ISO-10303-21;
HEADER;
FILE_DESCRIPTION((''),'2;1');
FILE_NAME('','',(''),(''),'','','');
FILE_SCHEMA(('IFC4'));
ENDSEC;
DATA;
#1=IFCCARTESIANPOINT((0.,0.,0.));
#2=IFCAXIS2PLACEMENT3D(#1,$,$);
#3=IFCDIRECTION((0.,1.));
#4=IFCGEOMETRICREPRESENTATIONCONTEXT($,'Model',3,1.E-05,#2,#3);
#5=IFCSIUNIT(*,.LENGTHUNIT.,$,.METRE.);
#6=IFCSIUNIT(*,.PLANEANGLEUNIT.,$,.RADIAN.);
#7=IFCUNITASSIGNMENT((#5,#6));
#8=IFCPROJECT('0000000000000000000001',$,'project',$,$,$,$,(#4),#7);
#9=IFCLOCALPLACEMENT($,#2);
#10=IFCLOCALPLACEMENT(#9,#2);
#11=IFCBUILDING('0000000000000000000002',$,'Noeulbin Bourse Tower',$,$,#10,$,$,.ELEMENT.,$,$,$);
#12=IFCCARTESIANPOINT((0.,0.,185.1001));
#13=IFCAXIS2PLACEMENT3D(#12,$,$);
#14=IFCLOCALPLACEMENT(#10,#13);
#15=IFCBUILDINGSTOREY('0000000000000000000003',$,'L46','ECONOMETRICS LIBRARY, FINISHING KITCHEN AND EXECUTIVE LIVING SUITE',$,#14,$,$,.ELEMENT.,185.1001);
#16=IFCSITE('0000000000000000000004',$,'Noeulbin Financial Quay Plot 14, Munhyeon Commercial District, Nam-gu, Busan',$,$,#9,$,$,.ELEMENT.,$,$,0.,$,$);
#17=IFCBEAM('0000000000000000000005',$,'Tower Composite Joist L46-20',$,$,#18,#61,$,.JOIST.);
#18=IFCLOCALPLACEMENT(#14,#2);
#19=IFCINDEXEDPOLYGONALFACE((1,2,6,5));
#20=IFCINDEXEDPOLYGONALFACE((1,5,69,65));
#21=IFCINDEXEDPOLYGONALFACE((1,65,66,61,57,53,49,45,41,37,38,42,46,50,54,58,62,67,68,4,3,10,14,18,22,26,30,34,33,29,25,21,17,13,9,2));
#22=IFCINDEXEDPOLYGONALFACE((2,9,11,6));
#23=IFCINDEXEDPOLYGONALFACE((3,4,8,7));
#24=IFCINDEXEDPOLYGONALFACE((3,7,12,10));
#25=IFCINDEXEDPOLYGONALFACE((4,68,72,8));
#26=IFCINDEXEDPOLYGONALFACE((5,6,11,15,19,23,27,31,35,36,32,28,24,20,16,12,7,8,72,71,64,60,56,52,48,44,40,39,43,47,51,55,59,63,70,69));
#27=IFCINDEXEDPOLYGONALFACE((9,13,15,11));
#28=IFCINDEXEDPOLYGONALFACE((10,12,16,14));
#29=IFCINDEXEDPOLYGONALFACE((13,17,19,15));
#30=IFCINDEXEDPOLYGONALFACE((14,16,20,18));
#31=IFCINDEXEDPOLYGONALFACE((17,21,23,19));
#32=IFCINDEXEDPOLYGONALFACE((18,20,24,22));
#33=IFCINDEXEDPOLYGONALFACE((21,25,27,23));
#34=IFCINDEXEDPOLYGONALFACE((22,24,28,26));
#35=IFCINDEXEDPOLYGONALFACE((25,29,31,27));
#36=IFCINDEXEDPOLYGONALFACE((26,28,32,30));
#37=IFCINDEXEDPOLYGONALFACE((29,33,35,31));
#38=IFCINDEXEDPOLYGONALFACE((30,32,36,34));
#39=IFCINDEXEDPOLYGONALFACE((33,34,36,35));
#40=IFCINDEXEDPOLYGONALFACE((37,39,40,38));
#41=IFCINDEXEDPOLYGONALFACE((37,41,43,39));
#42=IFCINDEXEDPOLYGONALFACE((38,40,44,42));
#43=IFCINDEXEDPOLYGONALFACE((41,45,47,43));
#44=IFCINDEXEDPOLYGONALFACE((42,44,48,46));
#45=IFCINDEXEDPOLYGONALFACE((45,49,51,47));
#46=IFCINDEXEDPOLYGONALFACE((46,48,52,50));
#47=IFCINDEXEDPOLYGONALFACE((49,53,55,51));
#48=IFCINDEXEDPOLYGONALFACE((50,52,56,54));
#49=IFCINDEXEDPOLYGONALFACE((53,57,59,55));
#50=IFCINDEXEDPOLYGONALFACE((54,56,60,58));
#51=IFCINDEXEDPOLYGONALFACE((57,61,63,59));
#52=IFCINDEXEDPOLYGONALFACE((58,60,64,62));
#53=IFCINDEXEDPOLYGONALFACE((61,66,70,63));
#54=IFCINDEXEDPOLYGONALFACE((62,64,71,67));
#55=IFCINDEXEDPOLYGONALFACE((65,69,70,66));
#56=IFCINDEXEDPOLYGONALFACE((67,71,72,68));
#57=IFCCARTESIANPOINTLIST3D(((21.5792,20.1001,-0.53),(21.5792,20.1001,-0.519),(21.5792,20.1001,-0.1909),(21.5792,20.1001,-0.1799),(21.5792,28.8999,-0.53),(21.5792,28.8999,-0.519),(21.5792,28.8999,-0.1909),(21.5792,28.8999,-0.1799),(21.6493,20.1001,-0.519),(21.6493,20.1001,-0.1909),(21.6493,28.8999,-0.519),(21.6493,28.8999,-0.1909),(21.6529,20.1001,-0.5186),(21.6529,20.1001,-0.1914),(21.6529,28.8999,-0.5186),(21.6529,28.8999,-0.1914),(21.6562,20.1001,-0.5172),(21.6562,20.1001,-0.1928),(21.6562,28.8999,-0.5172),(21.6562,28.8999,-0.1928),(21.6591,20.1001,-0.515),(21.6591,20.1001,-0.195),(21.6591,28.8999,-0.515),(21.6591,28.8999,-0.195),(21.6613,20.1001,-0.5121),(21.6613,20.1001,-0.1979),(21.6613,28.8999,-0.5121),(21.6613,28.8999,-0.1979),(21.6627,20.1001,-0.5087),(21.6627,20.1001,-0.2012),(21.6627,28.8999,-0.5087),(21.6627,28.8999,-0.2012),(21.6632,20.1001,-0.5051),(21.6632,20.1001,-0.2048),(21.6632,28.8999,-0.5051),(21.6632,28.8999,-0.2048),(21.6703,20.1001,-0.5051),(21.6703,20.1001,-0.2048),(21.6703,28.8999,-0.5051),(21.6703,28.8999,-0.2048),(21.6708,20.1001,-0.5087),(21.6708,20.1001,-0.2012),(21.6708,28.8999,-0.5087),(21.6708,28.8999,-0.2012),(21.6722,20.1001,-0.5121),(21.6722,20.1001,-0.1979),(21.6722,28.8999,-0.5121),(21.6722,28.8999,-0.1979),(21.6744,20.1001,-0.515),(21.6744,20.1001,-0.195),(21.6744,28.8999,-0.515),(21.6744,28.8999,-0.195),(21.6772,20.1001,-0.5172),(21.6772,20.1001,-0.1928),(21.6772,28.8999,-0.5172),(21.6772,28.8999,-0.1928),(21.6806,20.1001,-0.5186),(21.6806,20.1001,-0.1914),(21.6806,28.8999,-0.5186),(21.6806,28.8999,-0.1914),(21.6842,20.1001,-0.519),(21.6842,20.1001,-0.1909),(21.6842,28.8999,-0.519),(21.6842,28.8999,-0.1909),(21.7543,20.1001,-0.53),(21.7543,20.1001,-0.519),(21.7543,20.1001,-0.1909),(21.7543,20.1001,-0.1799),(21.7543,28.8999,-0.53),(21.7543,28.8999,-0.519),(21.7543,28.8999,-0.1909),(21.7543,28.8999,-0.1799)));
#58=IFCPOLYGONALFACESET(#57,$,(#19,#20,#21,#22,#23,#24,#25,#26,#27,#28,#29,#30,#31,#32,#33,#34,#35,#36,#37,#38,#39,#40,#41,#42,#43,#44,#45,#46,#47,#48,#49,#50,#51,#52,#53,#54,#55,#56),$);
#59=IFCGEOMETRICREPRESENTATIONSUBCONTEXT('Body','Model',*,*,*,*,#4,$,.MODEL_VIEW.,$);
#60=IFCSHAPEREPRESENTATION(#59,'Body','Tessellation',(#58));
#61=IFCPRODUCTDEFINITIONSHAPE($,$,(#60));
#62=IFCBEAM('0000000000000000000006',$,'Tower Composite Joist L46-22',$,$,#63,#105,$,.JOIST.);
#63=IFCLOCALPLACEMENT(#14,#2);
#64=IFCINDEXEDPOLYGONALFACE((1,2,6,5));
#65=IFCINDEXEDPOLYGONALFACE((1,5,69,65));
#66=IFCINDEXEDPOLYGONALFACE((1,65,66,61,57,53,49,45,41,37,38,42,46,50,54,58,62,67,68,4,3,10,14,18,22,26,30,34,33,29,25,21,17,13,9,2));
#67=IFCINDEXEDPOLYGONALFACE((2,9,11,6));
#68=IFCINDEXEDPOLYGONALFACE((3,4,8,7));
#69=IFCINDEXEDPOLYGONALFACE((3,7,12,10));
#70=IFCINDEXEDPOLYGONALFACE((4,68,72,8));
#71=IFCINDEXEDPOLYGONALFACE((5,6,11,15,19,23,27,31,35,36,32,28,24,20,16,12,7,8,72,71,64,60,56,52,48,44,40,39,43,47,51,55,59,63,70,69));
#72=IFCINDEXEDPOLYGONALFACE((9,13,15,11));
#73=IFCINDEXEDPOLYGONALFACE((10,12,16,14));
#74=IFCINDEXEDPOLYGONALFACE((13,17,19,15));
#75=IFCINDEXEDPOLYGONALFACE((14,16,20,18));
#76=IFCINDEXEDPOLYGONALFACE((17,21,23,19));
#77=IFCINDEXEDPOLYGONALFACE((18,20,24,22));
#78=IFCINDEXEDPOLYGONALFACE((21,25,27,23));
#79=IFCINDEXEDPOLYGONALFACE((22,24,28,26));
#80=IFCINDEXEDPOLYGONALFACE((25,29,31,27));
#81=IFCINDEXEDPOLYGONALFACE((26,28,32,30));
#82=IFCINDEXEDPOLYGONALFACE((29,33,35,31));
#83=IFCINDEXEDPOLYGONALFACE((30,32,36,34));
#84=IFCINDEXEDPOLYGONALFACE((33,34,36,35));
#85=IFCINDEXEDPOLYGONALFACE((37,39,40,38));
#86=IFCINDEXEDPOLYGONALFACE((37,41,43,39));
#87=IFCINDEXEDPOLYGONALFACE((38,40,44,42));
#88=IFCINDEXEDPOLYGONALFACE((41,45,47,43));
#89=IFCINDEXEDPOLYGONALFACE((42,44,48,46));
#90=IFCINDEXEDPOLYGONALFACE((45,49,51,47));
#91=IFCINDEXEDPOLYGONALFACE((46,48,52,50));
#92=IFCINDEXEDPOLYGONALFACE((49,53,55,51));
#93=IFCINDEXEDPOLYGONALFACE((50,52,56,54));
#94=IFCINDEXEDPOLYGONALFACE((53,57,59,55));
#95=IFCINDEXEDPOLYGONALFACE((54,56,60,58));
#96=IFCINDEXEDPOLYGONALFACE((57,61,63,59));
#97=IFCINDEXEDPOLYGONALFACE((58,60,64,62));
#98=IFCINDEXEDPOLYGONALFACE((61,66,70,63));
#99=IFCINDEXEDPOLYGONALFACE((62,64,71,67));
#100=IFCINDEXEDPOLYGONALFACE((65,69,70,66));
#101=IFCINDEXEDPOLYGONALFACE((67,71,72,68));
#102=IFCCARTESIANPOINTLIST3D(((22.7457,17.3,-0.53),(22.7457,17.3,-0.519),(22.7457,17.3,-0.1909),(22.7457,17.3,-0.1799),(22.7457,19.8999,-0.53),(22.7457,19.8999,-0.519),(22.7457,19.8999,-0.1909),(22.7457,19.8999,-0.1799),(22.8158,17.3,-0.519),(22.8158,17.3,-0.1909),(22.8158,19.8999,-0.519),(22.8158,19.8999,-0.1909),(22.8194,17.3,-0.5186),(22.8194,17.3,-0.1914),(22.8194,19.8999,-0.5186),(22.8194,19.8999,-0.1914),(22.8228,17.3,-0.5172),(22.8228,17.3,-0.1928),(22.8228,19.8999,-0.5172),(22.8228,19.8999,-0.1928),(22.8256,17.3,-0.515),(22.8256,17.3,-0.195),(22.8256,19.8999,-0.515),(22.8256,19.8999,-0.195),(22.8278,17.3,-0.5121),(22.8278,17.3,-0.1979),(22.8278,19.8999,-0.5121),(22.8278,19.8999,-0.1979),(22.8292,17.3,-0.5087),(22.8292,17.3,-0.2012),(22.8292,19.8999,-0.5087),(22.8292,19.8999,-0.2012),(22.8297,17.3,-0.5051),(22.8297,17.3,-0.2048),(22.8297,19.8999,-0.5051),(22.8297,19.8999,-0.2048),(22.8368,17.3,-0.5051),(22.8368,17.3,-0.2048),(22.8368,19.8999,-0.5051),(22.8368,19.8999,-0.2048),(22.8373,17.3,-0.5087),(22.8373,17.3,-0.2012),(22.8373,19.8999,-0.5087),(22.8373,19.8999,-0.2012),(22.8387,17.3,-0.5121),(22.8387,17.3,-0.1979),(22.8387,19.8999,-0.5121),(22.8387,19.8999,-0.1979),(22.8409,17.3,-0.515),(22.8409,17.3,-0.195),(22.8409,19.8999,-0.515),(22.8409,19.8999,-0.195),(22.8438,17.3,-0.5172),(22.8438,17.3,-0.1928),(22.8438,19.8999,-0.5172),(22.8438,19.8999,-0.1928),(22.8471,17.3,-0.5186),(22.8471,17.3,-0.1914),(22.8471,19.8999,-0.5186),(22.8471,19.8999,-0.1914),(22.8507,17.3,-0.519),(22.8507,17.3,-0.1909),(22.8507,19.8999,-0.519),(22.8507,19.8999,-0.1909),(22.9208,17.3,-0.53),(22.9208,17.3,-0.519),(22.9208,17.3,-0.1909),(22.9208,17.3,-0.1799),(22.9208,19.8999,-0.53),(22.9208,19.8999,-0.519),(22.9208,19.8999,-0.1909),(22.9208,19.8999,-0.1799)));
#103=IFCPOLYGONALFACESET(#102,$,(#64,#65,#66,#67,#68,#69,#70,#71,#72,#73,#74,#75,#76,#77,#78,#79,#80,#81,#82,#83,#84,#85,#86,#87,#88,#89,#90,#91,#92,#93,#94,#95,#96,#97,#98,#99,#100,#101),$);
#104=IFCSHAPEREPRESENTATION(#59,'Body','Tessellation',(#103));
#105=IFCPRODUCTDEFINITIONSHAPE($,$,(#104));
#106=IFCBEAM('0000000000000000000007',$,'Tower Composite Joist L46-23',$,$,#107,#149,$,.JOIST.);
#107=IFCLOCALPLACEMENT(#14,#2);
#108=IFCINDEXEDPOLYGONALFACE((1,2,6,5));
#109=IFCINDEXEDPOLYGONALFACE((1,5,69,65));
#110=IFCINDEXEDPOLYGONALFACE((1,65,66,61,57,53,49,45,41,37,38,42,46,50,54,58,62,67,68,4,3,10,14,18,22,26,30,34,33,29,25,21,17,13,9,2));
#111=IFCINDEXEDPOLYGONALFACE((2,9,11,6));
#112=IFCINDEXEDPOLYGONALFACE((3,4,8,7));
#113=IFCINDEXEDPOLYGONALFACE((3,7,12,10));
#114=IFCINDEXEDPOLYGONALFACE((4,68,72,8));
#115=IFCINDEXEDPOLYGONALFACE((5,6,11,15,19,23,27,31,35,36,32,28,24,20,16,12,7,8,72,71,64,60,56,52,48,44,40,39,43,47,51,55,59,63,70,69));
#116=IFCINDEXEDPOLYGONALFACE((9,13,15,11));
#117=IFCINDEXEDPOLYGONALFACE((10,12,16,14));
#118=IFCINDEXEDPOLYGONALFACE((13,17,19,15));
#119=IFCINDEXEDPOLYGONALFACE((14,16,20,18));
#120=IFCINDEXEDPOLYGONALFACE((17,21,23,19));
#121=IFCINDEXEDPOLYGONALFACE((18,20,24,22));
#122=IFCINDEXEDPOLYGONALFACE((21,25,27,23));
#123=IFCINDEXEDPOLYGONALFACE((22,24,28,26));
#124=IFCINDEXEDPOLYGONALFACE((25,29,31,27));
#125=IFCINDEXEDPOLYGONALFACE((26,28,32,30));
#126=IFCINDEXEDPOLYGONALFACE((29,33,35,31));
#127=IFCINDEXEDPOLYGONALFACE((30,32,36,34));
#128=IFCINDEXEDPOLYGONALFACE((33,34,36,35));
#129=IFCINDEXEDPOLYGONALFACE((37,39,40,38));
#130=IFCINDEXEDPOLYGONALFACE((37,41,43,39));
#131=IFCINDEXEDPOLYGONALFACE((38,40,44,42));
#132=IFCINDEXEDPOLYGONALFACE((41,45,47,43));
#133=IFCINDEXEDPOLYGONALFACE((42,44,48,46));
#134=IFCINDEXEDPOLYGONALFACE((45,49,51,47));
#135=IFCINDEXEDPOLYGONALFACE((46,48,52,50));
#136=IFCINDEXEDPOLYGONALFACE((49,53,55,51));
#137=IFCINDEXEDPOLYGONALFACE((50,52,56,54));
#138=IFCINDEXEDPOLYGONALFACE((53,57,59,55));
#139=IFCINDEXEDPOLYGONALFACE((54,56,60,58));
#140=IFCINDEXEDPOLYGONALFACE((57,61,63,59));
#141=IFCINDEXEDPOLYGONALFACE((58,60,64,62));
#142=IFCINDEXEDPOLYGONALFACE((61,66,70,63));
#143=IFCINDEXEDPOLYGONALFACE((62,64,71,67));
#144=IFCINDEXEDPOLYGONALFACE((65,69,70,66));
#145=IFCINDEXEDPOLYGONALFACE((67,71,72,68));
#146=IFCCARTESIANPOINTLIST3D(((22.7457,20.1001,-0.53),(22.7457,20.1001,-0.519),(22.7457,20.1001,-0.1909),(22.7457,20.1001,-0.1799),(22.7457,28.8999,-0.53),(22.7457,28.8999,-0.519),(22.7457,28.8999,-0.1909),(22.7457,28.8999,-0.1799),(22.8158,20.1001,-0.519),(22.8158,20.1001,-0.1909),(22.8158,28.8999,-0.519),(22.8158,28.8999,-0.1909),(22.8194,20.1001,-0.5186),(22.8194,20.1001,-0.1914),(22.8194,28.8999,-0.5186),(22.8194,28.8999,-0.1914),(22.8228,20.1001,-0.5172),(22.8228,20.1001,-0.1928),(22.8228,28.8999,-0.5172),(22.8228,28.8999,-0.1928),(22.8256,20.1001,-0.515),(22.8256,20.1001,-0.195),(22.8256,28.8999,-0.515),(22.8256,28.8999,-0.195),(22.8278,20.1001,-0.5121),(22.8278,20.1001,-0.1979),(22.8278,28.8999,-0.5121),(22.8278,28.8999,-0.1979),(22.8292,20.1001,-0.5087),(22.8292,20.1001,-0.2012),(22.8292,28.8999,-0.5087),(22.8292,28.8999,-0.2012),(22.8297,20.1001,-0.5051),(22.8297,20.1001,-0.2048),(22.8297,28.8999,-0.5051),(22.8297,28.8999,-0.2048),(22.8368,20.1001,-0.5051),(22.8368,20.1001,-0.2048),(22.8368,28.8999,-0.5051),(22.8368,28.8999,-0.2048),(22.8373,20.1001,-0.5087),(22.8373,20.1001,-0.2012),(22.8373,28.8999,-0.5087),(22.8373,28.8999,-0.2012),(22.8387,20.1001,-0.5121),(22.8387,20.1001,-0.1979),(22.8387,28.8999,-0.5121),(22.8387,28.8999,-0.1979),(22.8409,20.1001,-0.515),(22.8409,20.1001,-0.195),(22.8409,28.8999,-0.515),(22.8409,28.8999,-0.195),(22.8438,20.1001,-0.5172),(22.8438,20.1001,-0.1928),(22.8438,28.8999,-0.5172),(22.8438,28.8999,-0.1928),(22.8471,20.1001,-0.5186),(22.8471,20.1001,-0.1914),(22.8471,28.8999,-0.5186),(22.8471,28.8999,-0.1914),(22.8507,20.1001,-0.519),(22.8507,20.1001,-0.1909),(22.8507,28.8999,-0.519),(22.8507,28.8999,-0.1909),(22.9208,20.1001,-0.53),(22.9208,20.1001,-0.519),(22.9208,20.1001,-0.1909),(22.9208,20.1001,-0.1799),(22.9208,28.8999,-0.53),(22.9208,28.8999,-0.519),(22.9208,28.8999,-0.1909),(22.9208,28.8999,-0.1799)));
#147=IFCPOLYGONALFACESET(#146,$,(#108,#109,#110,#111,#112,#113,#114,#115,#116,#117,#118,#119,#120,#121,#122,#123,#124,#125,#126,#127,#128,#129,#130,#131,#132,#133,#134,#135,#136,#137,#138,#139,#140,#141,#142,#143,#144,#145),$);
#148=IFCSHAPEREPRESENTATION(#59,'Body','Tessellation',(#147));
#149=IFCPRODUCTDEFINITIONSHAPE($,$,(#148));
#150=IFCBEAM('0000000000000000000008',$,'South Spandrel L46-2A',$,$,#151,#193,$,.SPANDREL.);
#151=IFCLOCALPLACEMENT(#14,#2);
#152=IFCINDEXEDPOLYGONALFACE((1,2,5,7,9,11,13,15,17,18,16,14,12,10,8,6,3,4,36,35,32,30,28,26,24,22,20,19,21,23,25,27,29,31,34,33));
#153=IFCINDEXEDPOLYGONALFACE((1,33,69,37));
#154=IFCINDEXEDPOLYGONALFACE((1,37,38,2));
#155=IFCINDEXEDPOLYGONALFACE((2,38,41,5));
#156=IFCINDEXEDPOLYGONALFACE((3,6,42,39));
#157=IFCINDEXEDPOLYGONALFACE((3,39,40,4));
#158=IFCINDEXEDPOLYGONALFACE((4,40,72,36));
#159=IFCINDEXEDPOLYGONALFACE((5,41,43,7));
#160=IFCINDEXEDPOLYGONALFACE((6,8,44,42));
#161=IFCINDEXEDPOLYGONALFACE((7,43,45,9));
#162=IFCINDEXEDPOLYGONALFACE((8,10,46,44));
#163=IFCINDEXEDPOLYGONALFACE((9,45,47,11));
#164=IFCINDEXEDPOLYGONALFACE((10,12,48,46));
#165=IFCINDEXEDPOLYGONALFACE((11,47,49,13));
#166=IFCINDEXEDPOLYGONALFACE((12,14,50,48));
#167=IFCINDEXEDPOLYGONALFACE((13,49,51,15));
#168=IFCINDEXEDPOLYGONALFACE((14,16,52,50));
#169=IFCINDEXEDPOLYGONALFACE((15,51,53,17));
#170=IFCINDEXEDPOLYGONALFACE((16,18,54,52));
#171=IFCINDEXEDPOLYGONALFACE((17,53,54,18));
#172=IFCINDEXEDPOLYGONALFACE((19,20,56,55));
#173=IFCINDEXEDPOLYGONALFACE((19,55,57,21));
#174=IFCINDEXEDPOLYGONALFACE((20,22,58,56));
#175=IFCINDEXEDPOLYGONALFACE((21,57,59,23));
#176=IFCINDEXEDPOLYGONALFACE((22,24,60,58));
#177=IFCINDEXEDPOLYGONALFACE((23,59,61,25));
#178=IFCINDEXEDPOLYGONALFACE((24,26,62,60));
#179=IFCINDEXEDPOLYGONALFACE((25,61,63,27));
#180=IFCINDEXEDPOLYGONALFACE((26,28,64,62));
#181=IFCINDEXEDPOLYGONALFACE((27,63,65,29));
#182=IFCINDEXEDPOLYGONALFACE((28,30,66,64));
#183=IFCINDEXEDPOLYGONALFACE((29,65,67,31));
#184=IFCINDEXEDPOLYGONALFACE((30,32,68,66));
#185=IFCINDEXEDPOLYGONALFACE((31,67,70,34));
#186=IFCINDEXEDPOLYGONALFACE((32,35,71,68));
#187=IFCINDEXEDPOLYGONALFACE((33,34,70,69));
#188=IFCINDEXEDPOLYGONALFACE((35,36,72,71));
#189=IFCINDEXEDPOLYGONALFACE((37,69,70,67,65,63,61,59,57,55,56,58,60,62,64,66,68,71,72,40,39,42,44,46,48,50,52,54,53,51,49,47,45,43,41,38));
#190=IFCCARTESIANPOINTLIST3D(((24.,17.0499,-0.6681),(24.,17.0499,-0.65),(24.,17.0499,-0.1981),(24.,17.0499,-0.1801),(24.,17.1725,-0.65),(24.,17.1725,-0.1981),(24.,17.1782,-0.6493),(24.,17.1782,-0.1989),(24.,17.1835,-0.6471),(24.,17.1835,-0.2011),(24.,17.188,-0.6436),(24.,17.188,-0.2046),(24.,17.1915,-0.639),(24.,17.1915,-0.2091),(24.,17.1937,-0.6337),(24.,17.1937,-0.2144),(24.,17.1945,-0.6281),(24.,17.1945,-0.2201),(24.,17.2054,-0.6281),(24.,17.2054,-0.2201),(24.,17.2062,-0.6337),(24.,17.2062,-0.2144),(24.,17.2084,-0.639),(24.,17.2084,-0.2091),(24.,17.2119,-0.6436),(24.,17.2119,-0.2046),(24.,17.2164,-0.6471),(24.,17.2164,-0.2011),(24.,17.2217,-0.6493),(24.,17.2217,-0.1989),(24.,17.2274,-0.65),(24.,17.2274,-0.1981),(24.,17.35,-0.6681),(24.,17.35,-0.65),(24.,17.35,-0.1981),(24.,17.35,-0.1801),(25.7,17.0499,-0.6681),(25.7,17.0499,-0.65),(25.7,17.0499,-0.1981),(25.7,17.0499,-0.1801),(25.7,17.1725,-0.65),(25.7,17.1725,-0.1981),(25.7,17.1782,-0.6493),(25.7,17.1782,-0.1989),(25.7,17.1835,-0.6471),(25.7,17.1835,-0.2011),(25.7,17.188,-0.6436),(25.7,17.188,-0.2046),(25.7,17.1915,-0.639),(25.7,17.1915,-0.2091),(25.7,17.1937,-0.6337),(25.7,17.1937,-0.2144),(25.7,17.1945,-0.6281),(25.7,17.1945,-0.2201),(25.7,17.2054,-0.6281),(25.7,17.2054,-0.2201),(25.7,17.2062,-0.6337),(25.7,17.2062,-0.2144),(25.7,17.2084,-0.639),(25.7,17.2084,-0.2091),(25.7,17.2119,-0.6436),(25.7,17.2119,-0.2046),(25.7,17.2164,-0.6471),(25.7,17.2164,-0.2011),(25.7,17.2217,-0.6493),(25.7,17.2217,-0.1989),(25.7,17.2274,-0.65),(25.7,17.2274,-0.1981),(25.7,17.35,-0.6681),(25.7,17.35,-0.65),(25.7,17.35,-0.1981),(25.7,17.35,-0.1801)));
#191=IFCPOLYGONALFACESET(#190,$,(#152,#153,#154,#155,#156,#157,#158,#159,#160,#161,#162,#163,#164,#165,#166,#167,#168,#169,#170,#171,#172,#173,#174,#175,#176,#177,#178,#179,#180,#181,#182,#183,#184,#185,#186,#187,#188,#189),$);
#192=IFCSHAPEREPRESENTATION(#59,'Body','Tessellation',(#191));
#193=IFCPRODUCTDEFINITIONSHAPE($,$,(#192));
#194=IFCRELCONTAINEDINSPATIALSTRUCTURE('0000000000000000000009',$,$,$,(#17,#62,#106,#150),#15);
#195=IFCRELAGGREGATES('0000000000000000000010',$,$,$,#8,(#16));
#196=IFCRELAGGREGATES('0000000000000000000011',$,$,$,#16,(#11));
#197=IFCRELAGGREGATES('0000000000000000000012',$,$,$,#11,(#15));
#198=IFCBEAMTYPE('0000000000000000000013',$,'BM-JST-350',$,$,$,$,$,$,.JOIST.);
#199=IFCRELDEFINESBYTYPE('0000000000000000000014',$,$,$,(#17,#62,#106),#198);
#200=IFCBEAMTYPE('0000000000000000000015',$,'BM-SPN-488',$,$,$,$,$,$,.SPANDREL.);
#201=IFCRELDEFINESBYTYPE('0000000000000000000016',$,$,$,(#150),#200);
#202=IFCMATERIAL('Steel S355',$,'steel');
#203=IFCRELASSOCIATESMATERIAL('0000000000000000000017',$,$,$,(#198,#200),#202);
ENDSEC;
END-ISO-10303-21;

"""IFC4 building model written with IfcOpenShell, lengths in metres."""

from ifc_helpers import new_model, si_unit, direction, frame, origin, origin_2d, place, context, subcontext, project, spatial, i_section, extrude, material, material_profile, profile_set, type_object, element, save


model = new_model("IFC4")

# Units and contexts
model_context = context("Model", 3, precision=1e-05, world=origin(), true_north=direction((0.0, 1.0)))
body_context = subcontext(model_context, "Body", "Model", "MODEL_VIEW")
ifc_project = project(units=[si_unit("LENGTHUNIT", "METRE"), si_unit("PLANEANGLEUNIT", "RADIAN")], contexts=[model_context])

# Site, building, storey
site_placement = place(None, origin())
site = spatial("IfcSite", under=ifc_project, at=site_placement, Name="Noeulbin Financial Quay Plot 14, Munhyeon Commercial District, Nam-gu, Busan", CompositionType="ELEMENT", RefElevation=0.0)
building_placement = place(site_placement, origin())
building = spatial("IfcBuilding", under=site, at=building_placement, Name="Noeulbin Bourse Tower", CompositionType="ELEMENT")
storey_placement = place(building_placement, frame((0.0, 0.0, 185.1001)))
storey = spatial("IfcBuildingStorey", under=building, at=storey_placement, Name="L46", Description="ECONOMETRICS LIBRARY, FINISHING KITCHEN AND EXECUTIVE LIVING SUITE", CompositionType="ELEMENT", Elevation=185.1001)

# Shared definitions
ifc_material_1 = material(Name="Steel S355", Category="steel")

# Beams
ifc_material_profile_1 = material_profile(ifc_material_1, i_section(OverallWidth=0.175, OverallDepth=0.3501, WebThickness=0.0071, FlangeThickness=0.011, FilletRadius=0.0139, at=origin_2d()), Name="H-350x175x7x11", Category="LoadBearing")
ifc_profile_set_1 = profile_set([ifc_material_profile_1], Name="Steel S355")
beam_type_1 = type_object("IfcBeamType", Name="BM-JST-350", PredefinedType="JOIST", material=ifc_profile_set_1)
beam_1_placement = place(storey_placement, frame((21.6667, 20.1001, -0.355), z_axis=(0.0, 1.0, 0.0), x_axis=(-1.0, 0.0, 0.0)))
element("IfcBeam", 1, at=beam_1_placement, inside=storey, type_object=beam_type_1, Name="Tower Composite Joist L46-20", PredefinedType="JOIST", context=body_context, shape_type="SweptSolid", body=[
    extrude(i_section(OverallWidth=0.175, OverallDepth=0.3501, WebThickness=0.0071, FlangeThickness=0.011, FilletRadius=0.0139, at=origin_2d()), origin(), (0.0, 0.0, 1.0), 8.7998),
])
beam_2_placement = place(storey_placement, frame((22.8333, 17.3, -0.355), z_axis=(0.0, 1.0, 0.0), x_axis=(-1.0, 0.0, 0.0)))
element("IfcBeam", 2, at=beam_2_placement, inside=storey, type_object=beam_type_1, Name="Tower Composite Joist L46-22", PredefinedType="JOIST", context=body_context, shape_type="SweptSolid", body=[
    extrude(i_section(OverallWidth=0.175, OverallDepth=0.3501, WebThickness=0.0071, FlangeThickness=0.011, FilletRadius=0.0139, at=origin_2d()), origin(), (0.0, 0.0, 1.0), 2.5999),
])
beam_3_placement = place(storey_placement, frame((22.8333, 20.1001, -0.355), z_axis=(0.0, 1.0, 0.0), x_axis=(-1.0, 0.0, 0.0)))
element("IfcBeam", 3, at=beam_3_placement, inside=storey, type_object=beam_type_1, Name="Tower Composite Joist L46-23", PredefinedType="JOIST", context=body_context, shape_type="SweptSolid", body=[
    extrude(i_section(OverallWidth=0.175, OverallDepth=0.3501, WebThickness=0.0071, FlangeThickness=0.011, FilletRadius=0.0139, at=origin_2d()), origin(), (0.0, 0.0, 1.0), 8.7998),
])
ifc_material_profile_2 = material_profile(ifc_material_1, i_section(OverallWidth=0.3, OverallDepth=0.488, WebThickness=0.011, FlangeThickness=0.0181, FilletRadius=0.022, at=origin_2d()), Name="H-488x300x11x18", Category="LoadBearing")
ifc_profile_set_2 = profile_set([ifc_material_profile_2], Name="Steel S355")
beam_type_2 = type_object("IfcBeamType", Name="BM-SPN-488", PredefinedType="SPANDREL", material=ifc_profile_set_2)
beam_4_placement = place(storey_placement, frame((24.0, 17.2, -0.4241), z_axis=(1.0, 0.0, 0.0), x_axis=(0.0, 1.0, 0.0)))
element("IfcBeam", 4, at=beam_4_placement, inside=storey, type_object=beam_type_2, Name="South Spandrel L46-2A", PredefinedType="SPANDREL", context=body_context, shape_type="SweptSolid", body=[
    extrude(i_section(OverallWidth=0.3, OverallDepth=0.488, WebThickness=0.011, FlangeThickness=0.0181, FilletRadius=0.022, at=origin_2d()), origin(), (0.0, 0.0, 1.0), 1.7),
])

save(model, "model.ifc")
